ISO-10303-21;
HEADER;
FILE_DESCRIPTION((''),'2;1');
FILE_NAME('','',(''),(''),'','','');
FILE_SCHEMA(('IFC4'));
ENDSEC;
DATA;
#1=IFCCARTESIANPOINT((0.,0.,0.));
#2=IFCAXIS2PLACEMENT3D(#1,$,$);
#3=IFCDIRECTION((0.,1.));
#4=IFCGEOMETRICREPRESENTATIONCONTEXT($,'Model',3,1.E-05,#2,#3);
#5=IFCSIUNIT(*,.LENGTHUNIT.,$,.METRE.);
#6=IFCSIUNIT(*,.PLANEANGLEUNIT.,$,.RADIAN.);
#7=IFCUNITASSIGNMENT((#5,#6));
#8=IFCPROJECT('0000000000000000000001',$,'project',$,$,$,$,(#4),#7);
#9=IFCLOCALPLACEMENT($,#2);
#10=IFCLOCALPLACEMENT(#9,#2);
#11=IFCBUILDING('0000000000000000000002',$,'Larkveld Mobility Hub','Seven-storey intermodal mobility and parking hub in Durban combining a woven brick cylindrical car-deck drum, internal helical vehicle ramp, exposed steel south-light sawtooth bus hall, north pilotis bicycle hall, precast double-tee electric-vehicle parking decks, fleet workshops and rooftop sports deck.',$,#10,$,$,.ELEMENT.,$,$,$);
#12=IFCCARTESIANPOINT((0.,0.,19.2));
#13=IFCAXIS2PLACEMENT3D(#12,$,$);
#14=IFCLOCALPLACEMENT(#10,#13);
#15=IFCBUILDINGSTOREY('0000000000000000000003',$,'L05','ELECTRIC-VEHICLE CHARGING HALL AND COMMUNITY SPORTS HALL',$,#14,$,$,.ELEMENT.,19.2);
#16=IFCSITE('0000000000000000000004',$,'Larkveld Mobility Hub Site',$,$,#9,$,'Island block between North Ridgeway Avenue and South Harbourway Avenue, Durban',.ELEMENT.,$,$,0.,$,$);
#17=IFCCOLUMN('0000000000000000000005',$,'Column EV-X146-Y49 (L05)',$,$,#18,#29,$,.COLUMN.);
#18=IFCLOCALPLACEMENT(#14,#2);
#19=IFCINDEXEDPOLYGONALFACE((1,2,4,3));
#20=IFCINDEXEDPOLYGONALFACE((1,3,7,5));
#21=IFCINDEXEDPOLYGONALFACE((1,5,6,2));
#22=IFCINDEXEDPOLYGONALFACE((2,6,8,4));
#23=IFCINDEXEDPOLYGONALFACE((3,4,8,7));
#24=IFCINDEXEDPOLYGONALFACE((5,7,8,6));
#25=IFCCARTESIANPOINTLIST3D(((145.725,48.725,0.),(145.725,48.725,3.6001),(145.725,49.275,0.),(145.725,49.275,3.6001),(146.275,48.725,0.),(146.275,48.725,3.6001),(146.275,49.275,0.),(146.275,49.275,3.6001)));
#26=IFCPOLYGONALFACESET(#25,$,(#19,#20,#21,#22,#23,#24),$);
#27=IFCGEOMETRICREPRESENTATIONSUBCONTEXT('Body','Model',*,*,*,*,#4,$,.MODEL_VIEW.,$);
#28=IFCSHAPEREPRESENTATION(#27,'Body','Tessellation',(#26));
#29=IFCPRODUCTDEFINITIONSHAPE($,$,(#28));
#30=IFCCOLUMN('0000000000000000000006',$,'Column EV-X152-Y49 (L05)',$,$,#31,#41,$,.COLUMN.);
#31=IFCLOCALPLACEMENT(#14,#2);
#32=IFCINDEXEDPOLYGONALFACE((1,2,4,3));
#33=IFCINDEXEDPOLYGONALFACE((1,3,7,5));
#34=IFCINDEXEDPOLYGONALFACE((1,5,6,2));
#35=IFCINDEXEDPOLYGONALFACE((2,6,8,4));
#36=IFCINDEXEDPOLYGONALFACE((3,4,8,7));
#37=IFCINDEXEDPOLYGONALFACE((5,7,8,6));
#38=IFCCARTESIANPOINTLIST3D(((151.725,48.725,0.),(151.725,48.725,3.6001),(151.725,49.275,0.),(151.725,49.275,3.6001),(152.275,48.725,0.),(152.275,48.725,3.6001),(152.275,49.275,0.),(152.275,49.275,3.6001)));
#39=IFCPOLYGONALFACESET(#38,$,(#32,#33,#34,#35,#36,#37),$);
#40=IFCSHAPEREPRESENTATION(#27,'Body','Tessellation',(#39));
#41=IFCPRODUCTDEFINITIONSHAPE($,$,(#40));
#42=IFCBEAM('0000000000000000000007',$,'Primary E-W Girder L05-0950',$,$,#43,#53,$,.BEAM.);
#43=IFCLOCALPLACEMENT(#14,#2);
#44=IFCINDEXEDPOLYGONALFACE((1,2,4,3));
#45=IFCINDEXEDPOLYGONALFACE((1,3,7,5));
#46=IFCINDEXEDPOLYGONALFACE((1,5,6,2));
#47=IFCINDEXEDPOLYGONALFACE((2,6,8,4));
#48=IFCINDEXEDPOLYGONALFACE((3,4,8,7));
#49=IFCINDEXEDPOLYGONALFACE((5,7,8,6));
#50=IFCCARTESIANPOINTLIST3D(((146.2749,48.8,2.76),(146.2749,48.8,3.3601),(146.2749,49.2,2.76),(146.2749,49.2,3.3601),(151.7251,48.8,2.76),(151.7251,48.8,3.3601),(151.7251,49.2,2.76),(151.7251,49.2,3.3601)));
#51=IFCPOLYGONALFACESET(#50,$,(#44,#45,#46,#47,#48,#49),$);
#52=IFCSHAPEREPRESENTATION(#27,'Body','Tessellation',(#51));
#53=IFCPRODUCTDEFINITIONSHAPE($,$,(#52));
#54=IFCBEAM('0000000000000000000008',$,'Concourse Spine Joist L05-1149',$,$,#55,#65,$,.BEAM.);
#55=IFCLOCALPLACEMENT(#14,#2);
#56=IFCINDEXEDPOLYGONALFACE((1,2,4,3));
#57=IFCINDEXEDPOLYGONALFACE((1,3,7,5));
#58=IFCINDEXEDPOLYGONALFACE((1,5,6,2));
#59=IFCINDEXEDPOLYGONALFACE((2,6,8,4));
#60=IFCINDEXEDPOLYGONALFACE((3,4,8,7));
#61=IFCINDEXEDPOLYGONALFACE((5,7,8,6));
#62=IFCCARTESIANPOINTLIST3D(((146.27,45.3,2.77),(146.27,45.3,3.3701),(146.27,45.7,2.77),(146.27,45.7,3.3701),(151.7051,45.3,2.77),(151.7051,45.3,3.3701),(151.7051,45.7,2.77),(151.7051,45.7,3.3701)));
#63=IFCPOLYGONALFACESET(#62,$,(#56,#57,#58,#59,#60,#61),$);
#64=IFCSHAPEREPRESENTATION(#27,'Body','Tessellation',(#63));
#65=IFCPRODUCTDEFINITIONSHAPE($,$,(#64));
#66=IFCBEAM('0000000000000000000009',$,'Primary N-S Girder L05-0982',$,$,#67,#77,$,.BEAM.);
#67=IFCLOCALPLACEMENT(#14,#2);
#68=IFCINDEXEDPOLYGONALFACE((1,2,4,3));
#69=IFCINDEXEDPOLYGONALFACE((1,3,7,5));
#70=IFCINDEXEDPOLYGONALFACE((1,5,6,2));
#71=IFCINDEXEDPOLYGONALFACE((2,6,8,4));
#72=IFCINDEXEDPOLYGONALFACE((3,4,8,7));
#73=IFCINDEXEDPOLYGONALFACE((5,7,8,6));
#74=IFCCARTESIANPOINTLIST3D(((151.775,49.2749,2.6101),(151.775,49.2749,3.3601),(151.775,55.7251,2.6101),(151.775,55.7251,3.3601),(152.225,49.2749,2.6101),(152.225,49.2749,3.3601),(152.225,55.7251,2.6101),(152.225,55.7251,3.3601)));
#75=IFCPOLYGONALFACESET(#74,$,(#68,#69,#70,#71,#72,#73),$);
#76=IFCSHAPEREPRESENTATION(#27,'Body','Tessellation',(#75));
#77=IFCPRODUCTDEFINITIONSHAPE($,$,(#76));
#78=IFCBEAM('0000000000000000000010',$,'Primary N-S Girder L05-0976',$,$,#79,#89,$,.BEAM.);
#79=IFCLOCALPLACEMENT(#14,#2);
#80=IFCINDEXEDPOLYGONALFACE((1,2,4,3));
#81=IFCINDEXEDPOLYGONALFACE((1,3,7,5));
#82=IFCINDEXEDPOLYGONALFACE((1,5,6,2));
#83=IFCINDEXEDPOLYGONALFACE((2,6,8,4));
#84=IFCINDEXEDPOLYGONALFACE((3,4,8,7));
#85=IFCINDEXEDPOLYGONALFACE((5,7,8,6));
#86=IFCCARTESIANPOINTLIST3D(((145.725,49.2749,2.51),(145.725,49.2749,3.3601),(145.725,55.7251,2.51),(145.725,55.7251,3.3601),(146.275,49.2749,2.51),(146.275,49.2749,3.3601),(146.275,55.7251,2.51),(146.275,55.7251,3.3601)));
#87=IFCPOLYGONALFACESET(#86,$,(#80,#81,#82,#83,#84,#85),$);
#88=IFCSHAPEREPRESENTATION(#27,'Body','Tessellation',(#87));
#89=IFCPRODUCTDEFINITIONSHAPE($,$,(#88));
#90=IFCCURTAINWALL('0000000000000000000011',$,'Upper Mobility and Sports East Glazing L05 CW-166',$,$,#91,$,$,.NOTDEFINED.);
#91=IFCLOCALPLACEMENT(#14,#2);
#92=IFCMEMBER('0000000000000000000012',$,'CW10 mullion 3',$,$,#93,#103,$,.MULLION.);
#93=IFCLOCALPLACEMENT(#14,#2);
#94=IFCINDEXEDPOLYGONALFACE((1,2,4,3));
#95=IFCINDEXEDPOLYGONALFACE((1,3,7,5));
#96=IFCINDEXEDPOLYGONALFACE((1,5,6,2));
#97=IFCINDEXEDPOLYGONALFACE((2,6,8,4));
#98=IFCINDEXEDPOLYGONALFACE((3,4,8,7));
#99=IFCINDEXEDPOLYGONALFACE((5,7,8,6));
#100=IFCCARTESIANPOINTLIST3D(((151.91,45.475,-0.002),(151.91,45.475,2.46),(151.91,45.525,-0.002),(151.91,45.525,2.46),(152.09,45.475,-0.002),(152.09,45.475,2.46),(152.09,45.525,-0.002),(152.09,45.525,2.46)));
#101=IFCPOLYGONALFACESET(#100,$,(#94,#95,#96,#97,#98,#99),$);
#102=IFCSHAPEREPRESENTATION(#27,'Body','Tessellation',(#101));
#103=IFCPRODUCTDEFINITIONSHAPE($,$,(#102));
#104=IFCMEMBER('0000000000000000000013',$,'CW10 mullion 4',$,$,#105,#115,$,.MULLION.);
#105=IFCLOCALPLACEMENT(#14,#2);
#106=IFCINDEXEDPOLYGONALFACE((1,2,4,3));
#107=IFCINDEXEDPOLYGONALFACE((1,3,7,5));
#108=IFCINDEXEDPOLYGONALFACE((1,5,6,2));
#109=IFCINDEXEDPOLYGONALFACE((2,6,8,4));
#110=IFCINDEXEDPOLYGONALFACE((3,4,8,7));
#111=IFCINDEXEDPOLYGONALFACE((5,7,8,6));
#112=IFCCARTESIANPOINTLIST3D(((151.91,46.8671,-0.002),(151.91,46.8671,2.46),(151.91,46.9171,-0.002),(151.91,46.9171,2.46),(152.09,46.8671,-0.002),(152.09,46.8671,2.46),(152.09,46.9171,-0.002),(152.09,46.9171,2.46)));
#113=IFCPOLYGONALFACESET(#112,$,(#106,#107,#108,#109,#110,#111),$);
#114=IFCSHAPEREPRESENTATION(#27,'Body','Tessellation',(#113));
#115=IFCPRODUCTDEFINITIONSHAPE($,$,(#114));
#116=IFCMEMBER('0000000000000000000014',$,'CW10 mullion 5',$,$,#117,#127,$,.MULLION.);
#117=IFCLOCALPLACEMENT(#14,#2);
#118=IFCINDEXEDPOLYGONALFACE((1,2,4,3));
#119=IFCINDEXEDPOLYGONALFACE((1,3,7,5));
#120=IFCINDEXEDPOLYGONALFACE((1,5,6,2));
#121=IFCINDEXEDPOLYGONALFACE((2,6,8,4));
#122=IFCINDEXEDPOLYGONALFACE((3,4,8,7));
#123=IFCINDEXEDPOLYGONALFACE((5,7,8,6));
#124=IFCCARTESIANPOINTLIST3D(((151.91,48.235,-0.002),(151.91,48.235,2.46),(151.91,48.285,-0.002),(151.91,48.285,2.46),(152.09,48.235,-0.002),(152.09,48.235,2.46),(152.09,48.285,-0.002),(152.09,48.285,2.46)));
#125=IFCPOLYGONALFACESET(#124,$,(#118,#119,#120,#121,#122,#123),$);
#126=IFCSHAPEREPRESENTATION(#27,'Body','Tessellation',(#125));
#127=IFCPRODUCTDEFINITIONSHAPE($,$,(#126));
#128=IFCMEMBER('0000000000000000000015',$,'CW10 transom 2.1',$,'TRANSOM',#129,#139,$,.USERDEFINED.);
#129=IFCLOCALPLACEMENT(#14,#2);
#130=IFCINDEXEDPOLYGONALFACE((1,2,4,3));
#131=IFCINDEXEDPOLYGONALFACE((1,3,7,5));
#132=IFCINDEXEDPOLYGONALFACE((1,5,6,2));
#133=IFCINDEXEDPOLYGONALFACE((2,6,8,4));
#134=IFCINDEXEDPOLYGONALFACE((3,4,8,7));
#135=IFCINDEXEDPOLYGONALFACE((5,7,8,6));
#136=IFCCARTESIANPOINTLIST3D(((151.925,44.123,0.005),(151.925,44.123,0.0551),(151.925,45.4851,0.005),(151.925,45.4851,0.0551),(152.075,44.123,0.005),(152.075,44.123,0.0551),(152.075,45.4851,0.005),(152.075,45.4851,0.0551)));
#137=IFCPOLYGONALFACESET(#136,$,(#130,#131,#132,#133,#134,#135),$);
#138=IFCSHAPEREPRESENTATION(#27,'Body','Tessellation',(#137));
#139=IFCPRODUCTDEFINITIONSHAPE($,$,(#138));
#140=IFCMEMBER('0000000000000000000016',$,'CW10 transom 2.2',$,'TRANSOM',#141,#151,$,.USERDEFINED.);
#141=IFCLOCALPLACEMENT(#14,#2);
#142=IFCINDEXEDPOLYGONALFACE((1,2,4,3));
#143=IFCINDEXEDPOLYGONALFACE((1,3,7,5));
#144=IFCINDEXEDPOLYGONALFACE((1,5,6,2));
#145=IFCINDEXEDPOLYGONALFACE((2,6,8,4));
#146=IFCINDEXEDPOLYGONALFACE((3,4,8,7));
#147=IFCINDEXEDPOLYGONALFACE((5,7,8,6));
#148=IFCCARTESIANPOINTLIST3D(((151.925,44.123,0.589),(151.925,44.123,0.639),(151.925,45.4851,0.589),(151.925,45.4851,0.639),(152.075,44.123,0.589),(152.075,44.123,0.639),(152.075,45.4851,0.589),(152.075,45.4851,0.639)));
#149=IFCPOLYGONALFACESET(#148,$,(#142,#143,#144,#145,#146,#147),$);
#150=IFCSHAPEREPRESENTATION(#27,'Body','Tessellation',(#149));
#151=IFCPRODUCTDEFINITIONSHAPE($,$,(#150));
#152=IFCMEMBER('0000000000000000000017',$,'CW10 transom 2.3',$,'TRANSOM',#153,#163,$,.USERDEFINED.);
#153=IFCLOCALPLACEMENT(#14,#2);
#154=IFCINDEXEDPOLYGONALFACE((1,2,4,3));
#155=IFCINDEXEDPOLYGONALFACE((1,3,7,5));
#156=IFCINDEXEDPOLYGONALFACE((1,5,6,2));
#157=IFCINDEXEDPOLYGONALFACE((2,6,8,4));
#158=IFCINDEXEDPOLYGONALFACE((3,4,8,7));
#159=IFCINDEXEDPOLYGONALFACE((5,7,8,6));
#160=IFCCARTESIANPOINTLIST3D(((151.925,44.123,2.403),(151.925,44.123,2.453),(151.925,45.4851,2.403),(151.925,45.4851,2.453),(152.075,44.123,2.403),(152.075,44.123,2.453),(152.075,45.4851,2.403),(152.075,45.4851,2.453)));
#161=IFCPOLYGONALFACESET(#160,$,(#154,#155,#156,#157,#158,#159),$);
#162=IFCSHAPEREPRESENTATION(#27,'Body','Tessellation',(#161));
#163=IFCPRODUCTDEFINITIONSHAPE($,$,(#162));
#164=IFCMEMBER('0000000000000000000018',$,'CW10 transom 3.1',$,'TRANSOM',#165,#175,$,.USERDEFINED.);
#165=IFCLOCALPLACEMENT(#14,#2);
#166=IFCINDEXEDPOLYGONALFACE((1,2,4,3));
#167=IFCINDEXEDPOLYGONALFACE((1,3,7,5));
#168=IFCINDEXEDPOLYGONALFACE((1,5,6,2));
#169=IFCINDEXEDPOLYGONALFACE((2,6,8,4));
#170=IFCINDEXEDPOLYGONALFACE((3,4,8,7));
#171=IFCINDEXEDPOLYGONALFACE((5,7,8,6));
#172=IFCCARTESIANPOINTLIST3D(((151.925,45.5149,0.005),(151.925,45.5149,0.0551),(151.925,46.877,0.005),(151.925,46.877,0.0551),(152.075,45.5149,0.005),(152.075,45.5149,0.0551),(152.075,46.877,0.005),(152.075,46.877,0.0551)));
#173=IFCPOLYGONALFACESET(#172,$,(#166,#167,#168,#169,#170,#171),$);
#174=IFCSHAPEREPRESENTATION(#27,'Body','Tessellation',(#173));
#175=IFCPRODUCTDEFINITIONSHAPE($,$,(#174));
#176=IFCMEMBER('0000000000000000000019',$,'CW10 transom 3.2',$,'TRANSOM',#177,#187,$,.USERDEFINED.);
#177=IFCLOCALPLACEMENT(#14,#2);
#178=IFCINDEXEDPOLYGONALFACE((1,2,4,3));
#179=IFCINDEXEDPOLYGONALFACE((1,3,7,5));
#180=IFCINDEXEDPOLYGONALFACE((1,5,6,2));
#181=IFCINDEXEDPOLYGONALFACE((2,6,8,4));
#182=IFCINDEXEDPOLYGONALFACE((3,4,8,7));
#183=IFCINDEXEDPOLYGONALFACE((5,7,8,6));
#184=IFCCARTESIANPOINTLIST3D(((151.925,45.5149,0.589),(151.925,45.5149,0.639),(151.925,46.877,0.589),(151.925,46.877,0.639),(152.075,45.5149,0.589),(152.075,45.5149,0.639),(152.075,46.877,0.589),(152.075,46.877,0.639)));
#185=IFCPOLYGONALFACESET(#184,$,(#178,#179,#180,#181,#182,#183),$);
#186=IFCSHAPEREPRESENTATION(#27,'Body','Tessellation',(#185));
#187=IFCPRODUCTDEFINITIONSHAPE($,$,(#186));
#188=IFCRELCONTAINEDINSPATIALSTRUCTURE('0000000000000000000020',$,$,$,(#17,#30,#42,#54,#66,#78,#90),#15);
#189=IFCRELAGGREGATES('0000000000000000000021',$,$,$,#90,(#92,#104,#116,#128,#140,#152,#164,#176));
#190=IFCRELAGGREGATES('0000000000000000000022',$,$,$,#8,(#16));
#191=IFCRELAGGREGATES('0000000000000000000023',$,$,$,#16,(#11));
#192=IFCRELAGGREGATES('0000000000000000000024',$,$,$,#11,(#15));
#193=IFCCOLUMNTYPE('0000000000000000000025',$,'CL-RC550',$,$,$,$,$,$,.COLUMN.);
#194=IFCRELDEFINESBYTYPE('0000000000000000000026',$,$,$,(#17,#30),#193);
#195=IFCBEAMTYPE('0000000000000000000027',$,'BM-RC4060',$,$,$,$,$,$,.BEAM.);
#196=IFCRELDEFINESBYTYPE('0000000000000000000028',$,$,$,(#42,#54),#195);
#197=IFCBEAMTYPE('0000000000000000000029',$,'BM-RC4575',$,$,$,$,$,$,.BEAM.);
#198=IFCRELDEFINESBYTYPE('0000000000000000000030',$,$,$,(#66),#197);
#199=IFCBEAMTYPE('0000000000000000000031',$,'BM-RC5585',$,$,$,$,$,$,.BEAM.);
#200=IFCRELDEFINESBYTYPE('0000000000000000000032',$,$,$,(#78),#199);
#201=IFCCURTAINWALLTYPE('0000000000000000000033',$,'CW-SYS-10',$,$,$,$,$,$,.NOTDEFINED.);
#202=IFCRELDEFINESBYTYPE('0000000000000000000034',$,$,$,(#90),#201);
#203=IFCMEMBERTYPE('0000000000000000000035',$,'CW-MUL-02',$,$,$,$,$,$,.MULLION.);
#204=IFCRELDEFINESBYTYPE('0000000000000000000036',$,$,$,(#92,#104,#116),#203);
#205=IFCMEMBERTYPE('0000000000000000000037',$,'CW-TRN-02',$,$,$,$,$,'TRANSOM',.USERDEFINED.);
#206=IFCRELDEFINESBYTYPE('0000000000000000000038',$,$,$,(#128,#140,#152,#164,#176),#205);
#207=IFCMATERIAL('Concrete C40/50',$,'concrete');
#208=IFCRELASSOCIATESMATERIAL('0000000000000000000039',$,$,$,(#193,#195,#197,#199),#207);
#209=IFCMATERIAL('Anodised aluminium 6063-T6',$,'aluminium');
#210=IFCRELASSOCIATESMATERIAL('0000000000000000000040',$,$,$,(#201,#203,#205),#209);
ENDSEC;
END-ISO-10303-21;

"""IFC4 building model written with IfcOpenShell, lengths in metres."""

from ifc_helpers import new_model, si_unit, direction, frame, origin, origin_2d, place, context, subcontext, project, spatial, rectangle, extrude, material, material_profile, profile_set, type_object, element, aggregate, save


model = new_model("IFC4")

# Units and contexts
model_context = context("Model", 3, precision=1e-05, world=origin(), true_north=direction((0.0, 1.0)))
body_context = subcontext(model_context, "Body", "Model", "MODEL_VIEW")
ifc_project = project(units=[si_unit("LENGTHUNIT", "METRE"), si_unit("PLANEANGLEUNIT", "RADIAN")], contexts=[model_context])

# Site, building, storey
site_placement = place(None, origin())
site = spatial("IfcSite", under=ifc_project, at=site_placement, Name="Larkveld Mobility Hub Site", LongName="Island block between North Ridgeway Avenue and South Harbourway Avenue, Durban", CompositionType="ELEMENT", RefElevation=0.0)
building_placement = place(site_placement, origin())
building = spatial("IfcBuilding", under=site, at=building_placement, Name="Larkveld Mobility Hub", Description="Seven-storey intermodal mobility and parking hub in Durban combining a woven brick cylindrical car-deck drum, internal helical vehicle ramp, exposed steel south-light sawtooth bus hall, north pilotis bicycle hall, precast double-tee electric-vehicle parking decks, fleet workshops and rooftop sports deck.", CompositionType="ELEMENT")
storey_placement = place(building_placement, frame((0.0, 0.0, 19.2)))
storey = spatial("IfcBuildingStorey", under=building, at=storey_placement, Name="L05", Description="ELECTRIC-VEHICLE CHARGING HALL AND COMMUNITY SPORTS HALL", CompositionType="ELEMENT", Elevation=19.2)

# Columns
ifc_material_1 = material(Name="Concrete C40/50", Category="concrete")
ifc_material_profile_1 = material_profile(ifc_material_1, rectangle(XDim=0.55, YDim=0.55, at=origin_2d()), Name="RC COL 550x550")
ifc_profile_set_1 = profile_set([ifc_material_profile_1], Name="Concrete C40/50")
column_type = type_object("IfcColumnType", Name="CL-RC550", PredefinedType="COLUMN", material=ifc_profile_set_1)
for number, where, z_axis, x_axis, name in (
    (1, (146.0, 49.0, 0.0), (0.0, 0.0, 1.0), (1.0, 0.0, 0.0), "Column EV-X146-Y49 (L05)"),
    (2, (152.0, 49.0, 0.0), (0.0, 0.0, 1.0), (1.0, 0.0, 0.0), "Column EV-X152-Y49 (L05)"),
):
    element("IfcColumn", number, at=place(storey_placement, frame(where, z_axis=z_axis, x_axis=x_axis)), inside=storey, type_object=column_type, Name=name, PredefinedType="COLUMN", context=body_context, shape_type="SweptSolid", body=[
        extrude(rectangle(XDim=0.55, YDim=0.55, at=origin_2d()), origin(), (0.0, 0.0, 1.0), 3.6001),
    ])

# Beams
ifc_material_profile_2 = material_profile(ifc_material_1, rectangle(XDim=0.3999, YDim=0.6001, at=origin_2d()), Name="RC BM 400x600")
ifc_profile_set_2 = profile_set([ifc_material_profile_2], Name="Concrete C40/50")
beam_type_1 = type_object("IfcBeamType", Name="BM-RC4060", PredefinedType="BEAM", material=ifc_profile_set_2)
beam_1_placement = place(storey_placement, frame((146.2749, 49.0, 3.0601), z_axis=(1.0, 0.0, 0.0), x_axis=(0.0, 1.0, 0.0)))
element("IfcBeam", 3, at=beam_1_placement, inside=storey, type_object=beam_type_1, Name="Primary E-W Girder L05-0950", PredefinedType="BEAM", context=body_context, shape_type="SweptSolid", body=[
    extrude(rectangle(XDim=0.3999, YDim=0.6001, at=origin_2d()), origin(), (0.0, 0.0, 1.0), 5.4502),
])
beam_2_placement = place(storey_placement, frame((146.27, 45.5, 3.0701), z_axis=(1.0, 0.0, 0.0), x_axis=(0.0, 1.0, 0.0)))
element("IfcBeam", 4, at=beam_2_placement, inside=storey, type_object=beam_type_1, Name="Concourse Spine Joist L05-1149", PredefinedType="BEAM", context=body_context, shape_type="SweptSolid", body=[
    extrude(rectangle(XDim=0.3999, YDim=0.6001, at=origin_2d()), origin(), (0.0, 0.0, 1.0), 5.4351),
])
ifc_material_profile_3 = material_profile(ifc_material_1, rectangle(XDim=0.45, YDim=0.75, at=origin_2d()), Name="RC BM 450x750")
ifc_profile_set_3 = profile_set([ifc_material_profile_3], Name="Concrete C40/50")
beam_type_2 = type_object("IfcBeamType", Name="BM-RC4575", PredefinedType="BEAM", material=ifc_profile_set_3)
beam_3_placement = place(storey_placement, frame((152.0, 49.2749, 2.9851), z_axis=(0.0, 1.0, 0.0), x_axis=(-1.0, 0.0, 0.0)))
element("IfcBeam", 5, at=beam_3_placement, inside=storey, type_object=beam_type_2, Name="Primary N-S Girder L05-0982", PredefinedType="BEAM", context=body_context, shape_type="SweptSolid", body=[
    extrude(rectangle(XDim=0.45, YDim=0.75, at=origin_2d()), origin(), (0.0, 0.0, 1.0), 6.4502),
])
ifc_material_profile_4 = material_profile(ifc_material_1, rectangle(XDim=0.55, YDim=0.8501, at=origin_2d()), Name="RC BM 550x850")
ifc_profile_set_4 = profile_set([ifc_material_profile_4], Name="Concrete C40/50")
beam_type_3 = type_object("IfcBeamType", Name="BM-RC5585", PredefinedType="BEAM", material=ifc_profile_set_4)
beam_4_placement = place(storey_placement, frame((146.0, 49.2749, 2.9351), z_axis=(0.0, 1.0, 0.0), x_axis=(-1.0, 0.0, 0.0)))
element("IfcBeam", 6, at=beam_4_placement, inside=storey, type_object=beam_type_3, Name="Primary N-S Girder L05-0976", PredefinedType="BEAM", context=body_context, shape_type="SweptSolid", body=[
    extrude(rectangle(XDim=0.55, YDim=0.8501, at=origin_2d()), origin(), (0.0, 0.0, 1.0), 6.4502),
])

# Curtain wall, members
ifc_material_2 = material(Name="Anodised aluminium 6063-T6", Category="aluminium")
curtain_wall_type = type_object("IfcCurtainWallType", Name="CW-SYS-10", PredefinedType="NOTDEFINED", material=ifc_material_2)
curtain_wall_placement = place(storey_placement, origin())
curtain_wall = element("IfcCurtainWall", 7, at=curtain_wall_placement, inside=storey, type_object=curtain_wall_type, Name="Upper Mobility and Sports East Glazing L05 CW-166", PredefinedType="NOTDEFINED")
ifc_material_profile_5 = material_profile(ifc_material_2, rectangle(XDim=0.05, YDim=0.1799, at=origin_2d()), Name="ALU MULL 50x180")
ifc_profile_set_5 = profile_set([ifc_material_profile_5], Name="Anodised aluminium 6063-T6")
member_type_1 = type_object("IfcMemberType", Name="CW-MUL-02", PredefinedType="MULLION", material=ifc_profile_set_5)
member_1_placement = place(storey_placement, frame((152.0, 45.5, -0.002), z_axis=(0.0, 0.0, 1.0), x_axis=(0.0, 1.0, 0.0)))
member_1 = element("IfcMember", 8, at=member_1_placement, type_object=member_type_1, Name="CW10 mullion 3", PredefinedType="MULLION", context=body_context, shape_type="SweptSolid", body=[
    extrude(rectangle(XDim=0.05, YDim=0.1799, at=origin_2d()), origin(), (0.0, 0.0, 1.0), 2.4619),
])
member_2_placement = place(storey_placement, frame((152.0, 46.8921, -0.002), z_axis=(0.0, 0.0, 1.0), x_axis=(0.0, 1.0, 0.0)))
member_2 = element("IfcMember", 9, at=member_2_placement, type_object=member_type_1, Name="CW10 mullion 4", PredefinedType="MULLION", context=body_context, shape_type="SweptSolid", body=[
    extrude(rectangle(XDim=0.05, YDim=0.1799, at=origin_2d()), origin(), (0.0, 0.0, 1.0), 2.4619),
])
member_3_placement = place(storey_placement, frame((152.0, 48.26, -0.002), z_axis=(0.0, 0.0, 1.0), x_axis=(0.0, 1.0, 0.0)))
member_3 = element("IfcMember", 10, at=member_3_placement, type_object=member_type_1, Name="CW10 mullion 5", PredefinedType="MULLION", context=body_context, shape_type="SweptSolid", body=[
    extrude(rectangle(XDim=0.05, YDim=0.1799, at=origin_2d()), origin(), (0.0, 0.0, 1.0), 2.4619),
])
ifc_material_profile_6 = material_profile(ifc_material_2, rectangle(XDim=0.1499, YDim=0.05, at=origin_2d()), Name="ALU TRAN 50x150")
ifc_profile_set_6 = profile_set([ifc_material_profile_6], Name="Anodised aluminium 6063-T6")
member_type_2 = type_object("IfcMemberType", Name="CW-TRN-02", ElementType="TRANSOM", PredefinedType="USERDEFINED", material=ifc_profile_set_6)
member_4_placement = place(storey_placement, frame((152.0, 44.123, 0.03), z_axis=(0.0, 1.0, 0.0), x_axis=(-1.0, 0.0, 0.0)))
member_4 = element("IfcMember", 11, at=member_4_placement, type_object=member_type_2, Name="CW10 transom 2.1", ObjectType="TRANSOM", PredefinedType="USERDEFINED", context=body_context, shape_type="SweptSolid", body=[
    extrude(rectangle(XDim=0.1499, YDim=0.05, at=origin_2d()), origin(), (0.0, 0.0, 1.0), 1.3621),
])
member_5_placement = place(storey_placement, frame((152.0, 44.123, 0.614), z_axis=(0.0, 1.0, 0.0), x_axis=(-1.0, 0.0, 0.0)))
member_5 = element("IfcMember", 12, at=member_5_placement, type_object=member_type_2, Name="CW10 transom 2.2", ObjectType="TRANSOM", PredefinedType="USERDEFINED", context=body_context, shape_type="SweptSolid", body=[
    extrude(rectangle(XDim=0.1499, YDim=0.05, at=origin_2d()), origin(), (0.0, 0.0, 1.0), 1.3621),
])
member_6_placement = place(storey_placement, frame((152.0, 44.123, 2.428), z_axis=(0.0, 1.0, 0.0), x_axis=(-1.0, 0.0, 0.0)))
member_6 = element("IfcMember", 13, at=member_6_placement, type_object=member_type_2, Name="CW10 transom 2.3", ObjectType="TRANSOM", PredefinedType="USERDEFINED", context=body_context, shape_type="SweptSolid", body=[
    extrude(rectangle(XDim=0.1499, YDim=0.05, at=origin_2d()), origin(), (0.0, 0.0, 1.0), 1.3621),
])
member_7_placement = place(storey_placement, frame((152.0, 45.5149, 0.03), z_axis=(0.0, 1.0, 0.0), x_axis=(-1.0, 0.0, 0.0)))
member_7 = element("IfcMember", 14, at=member_7_placement, type_object=member_type_2, Name="CW10 transom 3.1", ObjectType="TRANSOM", PredefinedType="USERDEFINED", context=body_context, shape_type="SweptSolid", body=[
    extrude(rectangle(XDim=0.1499, YDim=0.05, at=origin_2d()), origin(), (0.0, 0.0, 1.0), 1.3621),
])
member_8_placement = place(storey_placement, frame((152.0, 45.5149, 0.614), z_axis=(0.0, 1.0, 0.0), x_axis=(-1.0, 0.0, 0.0)))
member_8 = element("IfcMember", 15, at=member_8_placement, type_object=member_type_2, Name="CW10 transom 3.2", ObjectType="TRANSOM", PredefinedType="USERDEFINED", context=body_context, shape_type="SweptSolid", body=[
    extrude(rectangle(XDim=0.1499, YDim=0.05, at=origin_2d()), origin(), (0.0, 0.0, 1.0), 1.3621),
])
aggregate(curtain_wall, [member_1, member_2, member_3, member_4, member_5, member_6, member_7, member_8])

save(model, "model.ifc")
